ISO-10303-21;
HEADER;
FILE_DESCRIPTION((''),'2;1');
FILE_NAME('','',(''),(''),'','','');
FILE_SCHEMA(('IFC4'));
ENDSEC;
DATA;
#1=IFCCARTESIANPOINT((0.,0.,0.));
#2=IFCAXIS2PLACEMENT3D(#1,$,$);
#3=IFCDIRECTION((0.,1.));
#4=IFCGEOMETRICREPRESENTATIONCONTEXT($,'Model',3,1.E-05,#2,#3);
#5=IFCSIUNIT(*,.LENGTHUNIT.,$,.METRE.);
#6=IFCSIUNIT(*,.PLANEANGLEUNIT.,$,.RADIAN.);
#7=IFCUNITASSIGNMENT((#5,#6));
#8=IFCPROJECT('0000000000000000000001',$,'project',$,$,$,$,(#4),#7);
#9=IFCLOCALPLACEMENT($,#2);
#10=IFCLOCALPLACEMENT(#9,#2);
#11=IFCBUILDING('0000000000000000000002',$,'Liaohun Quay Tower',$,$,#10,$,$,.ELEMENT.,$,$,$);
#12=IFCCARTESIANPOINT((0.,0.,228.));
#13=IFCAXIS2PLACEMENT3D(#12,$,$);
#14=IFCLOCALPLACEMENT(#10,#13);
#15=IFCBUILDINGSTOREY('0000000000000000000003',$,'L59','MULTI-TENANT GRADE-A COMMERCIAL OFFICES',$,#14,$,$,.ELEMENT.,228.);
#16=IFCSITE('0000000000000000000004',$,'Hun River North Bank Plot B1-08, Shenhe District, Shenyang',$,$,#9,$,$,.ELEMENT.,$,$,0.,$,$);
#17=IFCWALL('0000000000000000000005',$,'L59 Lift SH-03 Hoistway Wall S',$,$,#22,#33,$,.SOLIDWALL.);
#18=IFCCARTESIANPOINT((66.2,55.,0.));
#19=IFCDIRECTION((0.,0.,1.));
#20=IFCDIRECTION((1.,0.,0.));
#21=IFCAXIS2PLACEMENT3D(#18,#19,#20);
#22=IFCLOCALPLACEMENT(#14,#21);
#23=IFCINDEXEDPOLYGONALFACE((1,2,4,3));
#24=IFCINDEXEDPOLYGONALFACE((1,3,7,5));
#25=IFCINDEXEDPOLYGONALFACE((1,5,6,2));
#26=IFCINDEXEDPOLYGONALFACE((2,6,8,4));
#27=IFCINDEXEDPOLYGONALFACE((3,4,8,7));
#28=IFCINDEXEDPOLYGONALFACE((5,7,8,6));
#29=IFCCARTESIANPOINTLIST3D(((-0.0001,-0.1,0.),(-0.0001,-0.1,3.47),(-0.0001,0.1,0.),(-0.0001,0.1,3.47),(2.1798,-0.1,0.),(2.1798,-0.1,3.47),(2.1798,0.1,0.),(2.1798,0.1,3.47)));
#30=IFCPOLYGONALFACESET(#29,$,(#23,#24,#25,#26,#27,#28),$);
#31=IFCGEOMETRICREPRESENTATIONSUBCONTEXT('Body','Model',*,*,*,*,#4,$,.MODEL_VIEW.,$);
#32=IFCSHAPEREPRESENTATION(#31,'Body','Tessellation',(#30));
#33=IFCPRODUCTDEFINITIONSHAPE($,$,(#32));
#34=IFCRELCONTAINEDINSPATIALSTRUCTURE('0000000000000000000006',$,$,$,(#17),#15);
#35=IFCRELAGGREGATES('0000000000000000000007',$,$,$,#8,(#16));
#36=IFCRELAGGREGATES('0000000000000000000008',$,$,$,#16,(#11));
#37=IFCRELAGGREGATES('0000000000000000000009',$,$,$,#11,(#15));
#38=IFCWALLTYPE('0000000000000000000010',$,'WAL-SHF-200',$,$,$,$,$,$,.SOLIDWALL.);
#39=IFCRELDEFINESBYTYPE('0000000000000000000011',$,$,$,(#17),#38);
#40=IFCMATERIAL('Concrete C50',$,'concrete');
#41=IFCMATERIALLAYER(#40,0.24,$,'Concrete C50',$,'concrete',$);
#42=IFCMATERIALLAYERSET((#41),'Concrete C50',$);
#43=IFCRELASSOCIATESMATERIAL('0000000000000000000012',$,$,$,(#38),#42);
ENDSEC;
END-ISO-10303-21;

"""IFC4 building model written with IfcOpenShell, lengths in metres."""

from ifc_helpers import new_model, si_unit, direction, frame, frame_2d, origin, place, context, subcontext, project, spatial, rectangle, extrude, material, layer, layer_set, type_object, element, save


model = new_model("IFC4")

# Units and contexts
model_context = context("Model", 3, precision=1e-05, world=origin(), true_north=direction((0.0, 1.0)))
body_context = subcontext(model_context, "Body", "Model", "MODEL_VIEW")
ifc_project = project(units=[si_unit("LENGTHUNIT", "METRE"), si_unit("PLANEANGLEUNIT", "RADIAN")], contexts=[model_context])

# Site, building, storey
site_placement = place(None, origin())
site = spatial("IfcSite", under=ifc_project, at=site_placement, Name="Hun River North Bank Plot B1-08, Shenhe District, Shenyang", CompositionType="ELEMENT", RefElevation=0.0)
building_placement = place(site_placement, origin())
building = spatial("IfcBuilding", under=site, at=building_placement, Name="Liaohun Quay Tower", CompositionType="ELEMENT")
storey_placement = place(building_placement, frame((0.0, 0.0, 228.0)))
storey = spatial("IfcBuildingStorey", under=building, at=storey_placement, Name="L59", Description="MULTI-TENANT GRADE-A COMMERCIAL OFFICES", CompositionType="ELEMENT", Elevation=228.0)

# Shared definitions
ifc_material_1 = material(Name="Concrete C50", Category="concrete")
ifc_layer_1 = layer(ifc_material_1, 0.24, Name="Concrete C50", Category="concrete")
ifc_layer_set_1 = layer_set([ifc_layer_1], Name="Concrete C50")
wall_type_1 = type_object("IfcWallType", Name="WAL-SHF-200", PredefinedType="SOLIDWALL", material=ifc_layer_set_1)

# Wall
wall_1_placement = place(storey_placement, frame((66.2, 55.0, 0.0), z_axis=(0.0, 0.0, 1.0), x_axis=(1.0, 0.0, 0.0)))
element("IfcWall", 1, at=wall_1_placement, inside=storey, type_object=wall_type_1, Name="L59 Lift SH-03 Hoistway Wall S", PredefinedType="SOLIDWALL", context=body_context, shape_type="SweptSolid", body=[
    extrude(rectangle(XDim=2.1799, YDim=0.2, at=frame_2d((1.0898, 0.0))), origin(), (0.0, 0.0, 1.0), 3.47),
])

save(model, "model.ifc")
